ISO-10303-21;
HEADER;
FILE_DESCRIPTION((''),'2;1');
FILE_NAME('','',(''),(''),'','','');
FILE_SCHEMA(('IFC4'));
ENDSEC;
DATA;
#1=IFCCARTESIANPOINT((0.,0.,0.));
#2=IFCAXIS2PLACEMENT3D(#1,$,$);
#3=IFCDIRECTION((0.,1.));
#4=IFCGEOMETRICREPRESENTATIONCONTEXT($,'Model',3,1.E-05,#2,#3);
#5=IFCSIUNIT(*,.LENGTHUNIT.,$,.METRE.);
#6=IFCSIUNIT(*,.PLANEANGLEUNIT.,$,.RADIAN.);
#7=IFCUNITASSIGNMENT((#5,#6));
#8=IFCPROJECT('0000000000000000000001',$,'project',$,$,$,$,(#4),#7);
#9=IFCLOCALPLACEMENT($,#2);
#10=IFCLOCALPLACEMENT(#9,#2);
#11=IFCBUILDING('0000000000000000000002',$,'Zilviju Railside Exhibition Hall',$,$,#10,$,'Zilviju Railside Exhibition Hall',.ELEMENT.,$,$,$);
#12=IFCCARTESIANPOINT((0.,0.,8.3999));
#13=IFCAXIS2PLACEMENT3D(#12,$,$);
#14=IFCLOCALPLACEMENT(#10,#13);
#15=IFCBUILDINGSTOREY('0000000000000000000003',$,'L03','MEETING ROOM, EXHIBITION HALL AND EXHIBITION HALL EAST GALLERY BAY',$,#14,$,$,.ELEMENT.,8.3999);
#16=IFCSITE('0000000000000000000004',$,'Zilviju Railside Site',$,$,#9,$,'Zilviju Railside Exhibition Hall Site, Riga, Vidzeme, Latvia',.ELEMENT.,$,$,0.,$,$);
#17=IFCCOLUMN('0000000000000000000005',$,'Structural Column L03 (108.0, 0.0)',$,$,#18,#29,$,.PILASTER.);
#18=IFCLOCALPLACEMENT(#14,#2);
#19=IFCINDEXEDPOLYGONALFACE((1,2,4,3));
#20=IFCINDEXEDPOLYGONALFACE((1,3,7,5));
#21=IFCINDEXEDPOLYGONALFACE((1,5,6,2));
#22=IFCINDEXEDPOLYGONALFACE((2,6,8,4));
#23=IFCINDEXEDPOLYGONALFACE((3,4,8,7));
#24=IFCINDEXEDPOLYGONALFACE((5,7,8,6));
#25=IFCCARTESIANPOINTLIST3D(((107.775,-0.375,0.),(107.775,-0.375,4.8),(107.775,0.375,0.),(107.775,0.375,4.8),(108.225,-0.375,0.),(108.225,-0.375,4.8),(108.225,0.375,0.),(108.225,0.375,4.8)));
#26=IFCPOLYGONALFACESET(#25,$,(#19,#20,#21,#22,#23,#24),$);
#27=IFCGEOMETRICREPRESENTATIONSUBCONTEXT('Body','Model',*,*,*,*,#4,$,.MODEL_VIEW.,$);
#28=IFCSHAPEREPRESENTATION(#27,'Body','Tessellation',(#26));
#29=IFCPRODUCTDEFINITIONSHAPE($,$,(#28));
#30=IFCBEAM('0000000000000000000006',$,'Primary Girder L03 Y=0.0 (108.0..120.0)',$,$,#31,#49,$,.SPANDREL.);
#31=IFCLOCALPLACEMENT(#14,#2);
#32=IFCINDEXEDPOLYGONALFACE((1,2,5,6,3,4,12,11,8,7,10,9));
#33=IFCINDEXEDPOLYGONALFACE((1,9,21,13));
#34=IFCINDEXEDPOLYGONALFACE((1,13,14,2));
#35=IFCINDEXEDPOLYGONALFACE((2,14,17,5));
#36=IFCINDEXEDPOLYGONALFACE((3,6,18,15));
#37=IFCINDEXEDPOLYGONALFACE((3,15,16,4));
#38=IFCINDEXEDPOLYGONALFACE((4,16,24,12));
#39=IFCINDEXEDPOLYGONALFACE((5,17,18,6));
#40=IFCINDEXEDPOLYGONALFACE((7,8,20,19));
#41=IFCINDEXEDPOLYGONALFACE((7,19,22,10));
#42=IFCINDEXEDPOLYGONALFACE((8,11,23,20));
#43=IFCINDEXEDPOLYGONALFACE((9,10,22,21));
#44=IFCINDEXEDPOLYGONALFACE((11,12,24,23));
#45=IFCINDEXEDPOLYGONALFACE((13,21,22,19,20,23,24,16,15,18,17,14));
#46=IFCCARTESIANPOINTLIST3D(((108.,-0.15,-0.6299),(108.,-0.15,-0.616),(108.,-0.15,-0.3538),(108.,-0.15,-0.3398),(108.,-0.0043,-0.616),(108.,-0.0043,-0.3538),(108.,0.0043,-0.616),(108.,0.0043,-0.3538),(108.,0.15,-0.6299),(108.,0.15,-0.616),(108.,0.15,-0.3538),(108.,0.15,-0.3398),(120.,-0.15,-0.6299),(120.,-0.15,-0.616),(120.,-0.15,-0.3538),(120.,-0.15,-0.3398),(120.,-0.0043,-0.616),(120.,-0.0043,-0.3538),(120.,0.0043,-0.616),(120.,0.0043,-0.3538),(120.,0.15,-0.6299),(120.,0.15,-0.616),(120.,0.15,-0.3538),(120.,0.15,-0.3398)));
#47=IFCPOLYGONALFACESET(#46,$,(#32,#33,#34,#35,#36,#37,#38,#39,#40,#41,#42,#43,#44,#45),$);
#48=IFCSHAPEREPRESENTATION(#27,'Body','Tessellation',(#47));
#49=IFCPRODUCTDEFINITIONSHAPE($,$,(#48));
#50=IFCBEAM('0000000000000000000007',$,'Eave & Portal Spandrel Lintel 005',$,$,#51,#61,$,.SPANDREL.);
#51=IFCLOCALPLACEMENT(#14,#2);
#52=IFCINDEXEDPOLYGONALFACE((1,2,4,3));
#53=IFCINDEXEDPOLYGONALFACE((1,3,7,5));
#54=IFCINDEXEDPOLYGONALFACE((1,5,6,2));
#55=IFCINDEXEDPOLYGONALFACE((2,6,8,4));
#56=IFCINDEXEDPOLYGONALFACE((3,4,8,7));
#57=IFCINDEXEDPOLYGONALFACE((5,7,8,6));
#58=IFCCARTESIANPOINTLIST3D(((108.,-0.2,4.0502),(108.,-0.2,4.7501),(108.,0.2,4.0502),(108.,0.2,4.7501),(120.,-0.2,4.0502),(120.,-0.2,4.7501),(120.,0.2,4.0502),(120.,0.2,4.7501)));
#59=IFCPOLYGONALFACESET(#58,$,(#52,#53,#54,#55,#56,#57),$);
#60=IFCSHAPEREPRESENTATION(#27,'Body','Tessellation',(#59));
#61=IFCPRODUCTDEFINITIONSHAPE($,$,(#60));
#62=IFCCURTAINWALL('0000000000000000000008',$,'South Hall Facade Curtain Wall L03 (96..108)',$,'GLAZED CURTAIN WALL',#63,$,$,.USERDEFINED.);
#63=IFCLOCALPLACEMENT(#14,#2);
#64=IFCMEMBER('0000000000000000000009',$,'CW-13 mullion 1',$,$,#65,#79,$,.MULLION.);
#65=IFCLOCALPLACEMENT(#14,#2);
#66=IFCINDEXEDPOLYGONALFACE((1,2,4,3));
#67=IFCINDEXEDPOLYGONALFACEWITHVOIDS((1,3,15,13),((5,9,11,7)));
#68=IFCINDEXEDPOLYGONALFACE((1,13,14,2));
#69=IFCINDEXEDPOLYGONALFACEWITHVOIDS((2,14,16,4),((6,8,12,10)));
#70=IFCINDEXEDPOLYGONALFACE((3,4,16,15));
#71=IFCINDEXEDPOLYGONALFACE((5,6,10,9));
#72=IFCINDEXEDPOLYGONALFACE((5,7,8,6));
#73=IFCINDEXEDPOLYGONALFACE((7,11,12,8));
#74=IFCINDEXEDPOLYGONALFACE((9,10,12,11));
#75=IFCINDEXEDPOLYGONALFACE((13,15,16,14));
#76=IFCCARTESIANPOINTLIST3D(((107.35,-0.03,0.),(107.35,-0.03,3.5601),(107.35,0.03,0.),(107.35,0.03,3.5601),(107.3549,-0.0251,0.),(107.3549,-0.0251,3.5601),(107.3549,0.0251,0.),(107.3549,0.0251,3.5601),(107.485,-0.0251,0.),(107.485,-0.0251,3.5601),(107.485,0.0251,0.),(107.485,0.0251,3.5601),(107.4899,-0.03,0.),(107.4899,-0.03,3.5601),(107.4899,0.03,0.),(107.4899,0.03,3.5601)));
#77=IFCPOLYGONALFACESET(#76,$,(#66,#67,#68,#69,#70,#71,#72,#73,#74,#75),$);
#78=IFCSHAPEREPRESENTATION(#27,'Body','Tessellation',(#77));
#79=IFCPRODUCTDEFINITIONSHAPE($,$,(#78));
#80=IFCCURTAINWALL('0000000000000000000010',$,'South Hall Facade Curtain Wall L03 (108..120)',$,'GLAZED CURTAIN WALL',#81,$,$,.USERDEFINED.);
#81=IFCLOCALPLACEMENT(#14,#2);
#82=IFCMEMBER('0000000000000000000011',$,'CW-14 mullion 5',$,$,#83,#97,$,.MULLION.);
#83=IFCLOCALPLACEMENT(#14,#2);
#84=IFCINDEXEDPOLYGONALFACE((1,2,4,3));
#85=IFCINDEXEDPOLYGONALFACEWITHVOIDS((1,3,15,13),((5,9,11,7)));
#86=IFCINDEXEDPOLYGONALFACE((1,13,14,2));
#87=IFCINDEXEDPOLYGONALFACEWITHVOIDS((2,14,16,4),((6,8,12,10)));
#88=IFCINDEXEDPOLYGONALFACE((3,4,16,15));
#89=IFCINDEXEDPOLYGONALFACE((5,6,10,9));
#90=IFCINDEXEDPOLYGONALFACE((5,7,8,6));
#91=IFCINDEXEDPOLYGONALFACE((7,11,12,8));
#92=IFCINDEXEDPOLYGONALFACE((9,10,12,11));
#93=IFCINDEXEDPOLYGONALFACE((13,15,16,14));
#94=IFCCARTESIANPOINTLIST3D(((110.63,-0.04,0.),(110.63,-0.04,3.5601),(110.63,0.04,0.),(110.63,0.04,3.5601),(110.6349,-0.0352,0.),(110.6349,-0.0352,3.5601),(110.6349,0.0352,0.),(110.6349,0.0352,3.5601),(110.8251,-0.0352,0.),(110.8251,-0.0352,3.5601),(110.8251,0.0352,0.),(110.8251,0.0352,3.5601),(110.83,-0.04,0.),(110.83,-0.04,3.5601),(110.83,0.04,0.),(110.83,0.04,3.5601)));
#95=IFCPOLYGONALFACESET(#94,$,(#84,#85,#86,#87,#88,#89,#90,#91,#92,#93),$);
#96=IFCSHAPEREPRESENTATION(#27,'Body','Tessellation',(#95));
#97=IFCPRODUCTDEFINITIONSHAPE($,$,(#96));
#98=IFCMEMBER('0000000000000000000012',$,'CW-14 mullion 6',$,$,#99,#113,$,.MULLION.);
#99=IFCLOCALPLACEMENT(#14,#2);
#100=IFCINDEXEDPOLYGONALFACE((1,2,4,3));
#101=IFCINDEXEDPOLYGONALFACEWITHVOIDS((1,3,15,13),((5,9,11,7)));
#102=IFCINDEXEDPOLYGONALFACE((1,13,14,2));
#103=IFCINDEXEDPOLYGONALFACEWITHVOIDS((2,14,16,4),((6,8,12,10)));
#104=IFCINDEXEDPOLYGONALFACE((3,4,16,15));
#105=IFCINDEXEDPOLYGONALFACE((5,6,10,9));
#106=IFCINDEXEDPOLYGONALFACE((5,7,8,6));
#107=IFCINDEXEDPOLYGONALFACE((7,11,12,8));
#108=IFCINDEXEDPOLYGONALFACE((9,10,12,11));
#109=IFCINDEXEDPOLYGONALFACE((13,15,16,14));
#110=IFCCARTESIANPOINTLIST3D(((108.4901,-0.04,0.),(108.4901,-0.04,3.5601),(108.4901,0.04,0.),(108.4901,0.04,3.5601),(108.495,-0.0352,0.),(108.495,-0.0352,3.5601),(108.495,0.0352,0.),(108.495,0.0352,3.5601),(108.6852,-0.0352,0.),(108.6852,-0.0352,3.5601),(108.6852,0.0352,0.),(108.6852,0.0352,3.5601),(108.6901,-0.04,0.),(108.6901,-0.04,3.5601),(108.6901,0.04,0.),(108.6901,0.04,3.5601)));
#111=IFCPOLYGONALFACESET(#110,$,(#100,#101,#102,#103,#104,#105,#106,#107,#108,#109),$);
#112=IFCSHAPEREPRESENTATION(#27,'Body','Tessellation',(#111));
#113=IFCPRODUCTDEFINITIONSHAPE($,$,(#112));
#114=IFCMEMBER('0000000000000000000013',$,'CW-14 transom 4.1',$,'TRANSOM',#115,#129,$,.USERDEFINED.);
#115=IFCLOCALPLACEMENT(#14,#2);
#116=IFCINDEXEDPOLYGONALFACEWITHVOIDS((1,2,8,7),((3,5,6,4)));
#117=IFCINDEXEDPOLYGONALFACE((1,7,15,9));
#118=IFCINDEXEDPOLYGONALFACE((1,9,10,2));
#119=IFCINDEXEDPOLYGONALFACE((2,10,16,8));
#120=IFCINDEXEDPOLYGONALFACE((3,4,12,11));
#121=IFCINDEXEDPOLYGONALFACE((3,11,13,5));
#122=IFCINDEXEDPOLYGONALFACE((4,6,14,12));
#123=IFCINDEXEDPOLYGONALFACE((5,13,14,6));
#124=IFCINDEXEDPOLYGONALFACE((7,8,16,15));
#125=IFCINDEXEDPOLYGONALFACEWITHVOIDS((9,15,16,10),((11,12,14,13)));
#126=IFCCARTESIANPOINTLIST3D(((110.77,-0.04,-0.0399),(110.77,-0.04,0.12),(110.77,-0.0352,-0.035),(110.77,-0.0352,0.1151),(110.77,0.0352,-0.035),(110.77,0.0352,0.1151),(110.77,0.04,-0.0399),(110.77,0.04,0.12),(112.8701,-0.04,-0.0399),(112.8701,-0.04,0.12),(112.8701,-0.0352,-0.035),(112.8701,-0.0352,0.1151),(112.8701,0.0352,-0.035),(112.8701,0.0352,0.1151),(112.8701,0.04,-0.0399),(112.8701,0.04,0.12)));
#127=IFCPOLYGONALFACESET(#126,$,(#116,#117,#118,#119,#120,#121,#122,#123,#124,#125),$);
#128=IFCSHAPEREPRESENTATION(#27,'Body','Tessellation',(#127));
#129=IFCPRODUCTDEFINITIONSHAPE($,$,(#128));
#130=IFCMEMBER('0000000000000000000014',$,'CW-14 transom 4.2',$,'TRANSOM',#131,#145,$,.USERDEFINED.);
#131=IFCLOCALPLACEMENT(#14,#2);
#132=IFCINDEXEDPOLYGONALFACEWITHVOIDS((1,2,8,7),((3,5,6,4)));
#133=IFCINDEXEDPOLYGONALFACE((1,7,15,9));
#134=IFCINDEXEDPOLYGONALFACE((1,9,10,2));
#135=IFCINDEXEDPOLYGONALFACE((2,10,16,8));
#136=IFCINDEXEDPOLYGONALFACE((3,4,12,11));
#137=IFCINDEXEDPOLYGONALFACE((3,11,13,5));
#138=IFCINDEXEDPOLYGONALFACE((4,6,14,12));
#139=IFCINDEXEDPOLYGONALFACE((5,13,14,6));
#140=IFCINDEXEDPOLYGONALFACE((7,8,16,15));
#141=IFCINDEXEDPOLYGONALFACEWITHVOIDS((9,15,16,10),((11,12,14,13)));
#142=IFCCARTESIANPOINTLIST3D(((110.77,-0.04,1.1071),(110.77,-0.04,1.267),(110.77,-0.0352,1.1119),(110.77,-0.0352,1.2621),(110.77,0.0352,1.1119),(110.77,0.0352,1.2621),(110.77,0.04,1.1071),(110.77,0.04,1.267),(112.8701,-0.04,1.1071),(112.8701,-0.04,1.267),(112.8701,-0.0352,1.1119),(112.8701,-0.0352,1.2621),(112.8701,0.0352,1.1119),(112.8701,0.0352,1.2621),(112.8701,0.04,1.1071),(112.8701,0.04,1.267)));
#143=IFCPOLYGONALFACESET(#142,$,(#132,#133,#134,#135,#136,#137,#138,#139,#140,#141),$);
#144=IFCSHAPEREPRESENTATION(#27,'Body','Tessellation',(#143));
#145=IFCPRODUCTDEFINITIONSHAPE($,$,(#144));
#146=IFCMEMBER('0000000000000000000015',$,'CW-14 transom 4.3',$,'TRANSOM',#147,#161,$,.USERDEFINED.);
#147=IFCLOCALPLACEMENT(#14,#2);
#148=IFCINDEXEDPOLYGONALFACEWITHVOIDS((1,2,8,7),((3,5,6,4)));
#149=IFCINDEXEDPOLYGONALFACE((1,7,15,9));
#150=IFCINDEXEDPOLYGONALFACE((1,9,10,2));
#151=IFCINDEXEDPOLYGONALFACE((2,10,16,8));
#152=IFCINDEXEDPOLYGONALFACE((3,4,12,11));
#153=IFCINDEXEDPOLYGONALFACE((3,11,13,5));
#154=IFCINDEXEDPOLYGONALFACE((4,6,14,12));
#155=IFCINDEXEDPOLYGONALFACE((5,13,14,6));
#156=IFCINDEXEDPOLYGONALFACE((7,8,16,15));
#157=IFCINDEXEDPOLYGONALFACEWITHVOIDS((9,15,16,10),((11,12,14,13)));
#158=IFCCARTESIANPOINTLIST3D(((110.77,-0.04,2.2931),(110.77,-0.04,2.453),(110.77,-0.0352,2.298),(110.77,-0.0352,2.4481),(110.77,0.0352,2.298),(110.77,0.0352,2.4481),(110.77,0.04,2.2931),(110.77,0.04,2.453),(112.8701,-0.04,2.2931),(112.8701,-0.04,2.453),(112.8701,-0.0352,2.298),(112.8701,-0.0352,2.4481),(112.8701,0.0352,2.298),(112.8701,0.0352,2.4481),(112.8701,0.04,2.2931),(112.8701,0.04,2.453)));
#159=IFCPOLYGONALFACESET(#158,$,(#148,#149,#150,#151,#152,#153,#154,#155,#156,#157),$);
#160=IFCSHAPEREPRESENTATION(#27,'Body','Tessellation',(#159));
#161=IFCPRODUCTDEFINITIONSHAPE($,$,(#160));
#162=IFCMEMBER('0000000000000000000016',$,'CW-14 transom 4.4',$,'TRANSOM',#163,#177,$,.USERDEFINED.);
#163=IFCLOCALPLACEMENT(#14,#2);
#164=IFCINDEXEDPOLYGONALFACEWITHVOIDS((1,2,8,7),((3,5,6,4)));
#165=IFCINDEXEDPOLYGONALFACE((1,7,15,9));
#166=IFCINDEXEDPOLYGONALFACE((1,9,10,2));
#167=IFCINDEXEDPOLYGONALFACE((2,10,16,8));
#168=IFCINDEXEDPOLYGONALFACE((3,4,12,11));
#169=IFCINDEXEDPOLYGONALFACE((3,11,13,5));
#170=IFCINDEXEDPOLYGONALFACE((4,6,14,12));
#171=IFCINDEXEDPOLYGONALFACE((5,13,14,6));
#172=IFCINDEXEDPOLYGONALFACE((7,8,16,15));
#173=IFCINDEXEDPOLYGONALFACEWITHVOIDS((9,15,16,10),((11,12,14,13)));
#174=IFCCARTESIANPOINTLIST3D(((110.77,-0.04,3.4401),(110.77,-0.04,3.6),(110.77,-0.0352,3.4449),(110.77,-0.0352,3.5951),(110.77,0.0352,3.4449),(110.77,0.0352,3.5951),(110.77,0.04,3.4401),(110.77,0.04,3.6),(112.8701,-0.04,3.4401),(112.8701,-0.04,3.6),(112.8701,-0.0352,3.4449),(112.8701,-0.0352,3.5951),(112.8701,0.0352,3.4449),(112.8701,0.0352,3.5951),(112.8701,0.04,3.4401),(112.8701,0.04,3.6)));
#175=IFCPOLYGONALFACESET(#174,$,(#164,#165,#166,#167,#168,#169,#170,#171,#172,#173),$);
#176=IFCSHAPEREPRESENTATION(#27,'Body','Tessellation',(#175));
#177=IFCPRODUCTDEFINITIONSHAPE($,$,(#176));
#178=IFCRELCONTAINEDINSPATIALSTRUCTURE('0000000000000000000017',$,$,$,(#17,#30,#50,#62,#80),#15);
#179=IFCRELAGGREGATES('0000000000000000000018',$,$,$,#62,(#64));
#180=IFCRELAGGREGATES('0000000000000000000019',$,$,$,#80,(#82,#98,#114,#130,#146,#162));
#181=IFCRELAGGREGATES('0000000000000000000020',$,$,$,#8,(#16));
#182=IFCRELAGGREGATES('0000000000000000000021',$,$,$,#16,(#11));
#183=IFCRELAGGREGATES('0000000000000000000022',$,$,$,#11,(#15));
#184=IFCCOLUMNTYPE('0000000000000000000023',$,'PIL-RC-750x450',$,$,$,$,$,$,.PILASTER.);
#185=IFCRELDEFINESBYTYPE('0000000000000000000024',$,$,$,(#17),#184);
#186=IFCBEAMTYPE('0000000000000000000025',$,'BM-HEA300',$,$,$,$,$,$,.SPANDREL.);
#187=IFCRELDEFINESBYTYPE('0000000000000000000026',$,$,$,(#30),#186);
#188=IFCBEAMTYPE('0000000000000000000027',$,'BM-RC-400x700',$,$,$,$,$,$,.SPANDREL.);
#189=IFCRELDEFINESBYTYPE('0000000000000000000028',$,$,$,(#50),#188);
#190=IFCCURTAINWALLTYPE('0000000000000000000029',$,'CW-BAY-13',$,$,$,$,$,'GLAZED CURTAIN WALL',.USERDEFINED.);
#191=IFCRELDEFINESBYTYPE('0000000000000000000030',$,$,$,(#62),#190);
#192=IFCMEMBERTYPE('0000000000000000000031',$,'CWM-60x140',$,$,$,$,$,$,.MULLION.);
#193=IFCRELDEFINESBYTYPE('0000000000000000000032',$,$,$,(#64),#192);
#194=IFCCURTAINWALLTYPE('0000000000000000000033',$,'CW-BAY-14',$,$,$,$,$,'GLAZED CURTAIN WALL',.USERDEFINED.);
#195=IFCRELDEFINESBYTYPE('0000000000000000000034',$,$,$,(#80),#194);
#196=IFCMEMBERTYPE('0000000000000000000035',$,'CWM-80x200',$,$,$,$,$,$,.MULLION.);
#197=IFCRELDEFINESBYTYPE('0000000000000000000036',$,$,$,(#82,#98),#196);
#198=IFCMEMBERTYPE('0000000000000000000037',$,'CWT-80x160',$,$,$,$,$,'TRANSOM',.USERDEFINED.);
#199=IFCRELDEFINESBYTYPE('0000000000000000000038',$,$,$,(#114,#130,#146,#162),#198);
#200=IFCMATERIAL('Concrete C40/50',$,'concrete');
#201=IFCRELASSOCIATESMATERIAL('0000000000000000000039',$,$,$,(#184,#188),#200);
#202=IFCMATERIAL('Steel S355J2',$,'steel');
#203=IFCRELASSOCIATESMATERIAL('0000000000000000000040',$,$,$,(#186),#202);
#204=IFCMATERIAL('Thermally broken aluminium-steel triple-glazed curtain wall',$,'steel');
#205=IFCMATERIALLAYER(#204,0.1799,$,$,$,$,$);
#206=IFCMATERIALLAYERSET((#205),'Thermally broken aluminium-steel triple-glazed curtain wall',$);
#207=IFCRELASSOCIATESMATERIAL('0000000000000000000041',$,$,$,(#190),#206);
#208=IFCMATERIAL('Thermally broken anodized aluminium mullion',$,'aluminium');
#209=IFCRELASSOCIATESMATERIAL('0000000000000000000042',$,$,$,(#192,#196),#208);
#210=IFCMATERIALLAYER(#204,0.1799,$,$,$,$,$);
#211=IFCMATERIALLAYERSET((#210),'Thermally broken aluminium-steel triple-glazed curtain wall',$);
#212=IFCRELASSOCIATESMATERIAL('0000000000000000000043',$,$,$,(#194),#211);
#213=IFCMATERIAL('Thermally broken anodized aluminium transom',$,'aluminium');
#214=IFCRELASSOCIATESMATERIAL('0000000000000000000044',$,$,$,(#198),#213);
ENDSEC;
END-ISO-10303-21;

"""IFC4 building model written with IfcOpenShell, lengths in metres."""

from ifc_helpers import new_model, si_unit, direction, frame, origin, origin_2d, place, context, subcontext, project, spatial, rectangle, hollow_rectangle, i_section, extrude, material, layer, layer_set, material_profile, profile_set, type_object, element, aggregate, save


model = new_model("IFC4")

# Units and contexts
model_context = context("Model", 3, precision=1e-05, world=origin(), true_north=direction((0.0, 1.0)))
body_context = subcontext(model_context, "Body", "Model", "MODEL_VIEW")
ifc_project = project(units=[si_unit("LENGTHUNIT", "METRE"), si_unit("PLANEANGLEUNIT", "RADIAN")], contexts=[model_context])

# Site, building, storey
site_placement = place(None, origin())
site = spatial("IfcSite", under=ifc_project, at=site_placement, Name="Zilviju Railside Site", LongName="Zilviju Railside Exhibition Hall Site, Riga, Vidzeme, Latvia", CompositionType="ELEMENT", RefElevation=0.0)
building_placement = place(site_placement, origin())
building = spatial("IfcBuilding", under=site, at=building_placement, Name="Zilviju Railside Exhibition Hall", LongName="Zilviju Railside Exhibition Hall", CompositionType="ELEMENT")
storey_placement = place(building_placement, frame((0.0, 0.0, 8.3999)))
storey = spatial("IfcBuildingStorey", under=building, at=storey_placement, Name="L03", Description="MEETING ROOM, EXHIBITION HALL AND EXHIBITION HALL EAST GALLERY BAY", CompositionType="ELEMENT", Elevation=8.3999)

# Column
ifc_material_1 = material(Name="Concrete C40/50", Category="concrete")
ifc_material_profile_1 = material_profile(ifc_material_1, rectangle(XDim=0.45, YDim=0.75, at=origin_2d()), Name="RC COL 450x750")
ifc_profile_set_1 = profile_set([ifc_material_profile_1], Name="Concrete C40/50")
column_type = type_object("IfcColumnType", Name="PIL-RC-750x450", PredefinedType="PILASTER", material=ifc_profile_set_1)
column_placement = place(storey_placement, frame((108.0, 0.0, 0.0), z_axis=(0.0, 0.0, 1.0), x_axis=(1.0, 0.0, 0.0)))
element("IfcColumn", 1, at=column_placement, inside=storey, type_object=column_type, Name="Structural Column L03 (108.0, 0.0)", PredefinedType="PILASTER", context=body_context, shape_type="SweptSolid", body=[
    extrude(rectangle(XDim=0.45, YDim=0.75, at=origin_2d()), origin(), (0.0, 0.0, 1.0), 4.8),
])

# Beams
ifc_material_2 = material(Name="Steel S355J2", Category="steel")
ifc_material_profile_2 = material_profile(ifc_material_2, i_section(OverallWidth=0.3, OverallDepth=0.29, WebThickness=0.0085, FlangeThickness=0.0139, at=origin_2d()), Name="HEA 300")
ifc_profile_set_2 = profile_set([ifc_material_profile_2], Name="Steel S355J2")
beam_type_1 = type_object("IfcBeamType", Name="BM-HEA300", PredefinedType="SPANDREL", material=ifc_profile_set_2)
beam_1_placement = place(storey_placement, frame((108.0, 0.0, -0.4849), z_axis=(1.0, 0.0, 0.0), x_axis=(0.0, 1.0, 0.0)))
element("IfcBeam", 2, at=beam_1_placement, inside=storey, type_object=beam_type_1, Name="Primary Girder L03 Y=0.0 (108.0..120.0)", PredefinedType="SPANDREL", context=body_context, shape_type="SweptSolid", body=[
    extrude(i_section(OverallWidth=0.3, OverallDepth=0.29, WebThickness=0.0085, FlangeThickness=0.0139, at=origin_2d()), origin(), (0.0, 0.0, 1.0), 12.0),
])
ifc_material_profile_3 = material_profile(ifc_material_1, rectangle(XDim=0.3999, YDim=0.7, at=origin_2d()), Name="RC BEAM 400x700")
ifc_profile_set_3 = profile_set([ifc_material_profile_3], Name="Concrete C40/50")
beam_type_2 = type_object("IfcBeamType", Name="BM-RC-400x700", PredefinedType="SPANDREL", material=ifc_profile_set_3)
beam_2_placement = place(storey_placement, frame((108.0, 0.0, 4.4001), z_axis=(1.0, 0.0, 0.0), x_axis=(0.0, 1.0, 0.0)))
element("IfcBeam", 3, at=beam_2_placement, inside=storey, type_object=beam_type_2, Name="Eave & Portal Spandrel Lintel 005", PredefinedType="SPANDREL", context=body_context, shape_type="SweptSolid", body=[
    extrude(rectangle(XDim=0.3999, YDim=0.7, at=origin_2d()), origin(), (0.0, 0.0, 1.0), 12.0),
])

# Curtain wall, member
ifc_material_3 = material(Name="Thermally broken aluminium-steel triple-glazed curtain wall", Category="steel")
ifc_layer_1 = layer(ifc_material_3, 0.1799)
ifc_layer_set_1 = layer_set([ifc_layer_1], Name="Thermally broken aluminium-steel triple-glazed curtain wall")
curtain_wall_type_1 = type_object("IfcCurtainWallType", Name="CW-BAY-13", ElementType="GLAZED CURTAIN WALL", PredefinedType="USERDEFINED", material=ifc_layer_set_1)
curtain_wall_1_placement = place(storey_placement, origin())
curtain_wall_1 = element("IfcCurtainWall", 4, at=curtain_wall_1_placement, inside=storey, type_object=curtain_wall_type_1, Name="South Hall Facade Curtain Wall L03 (96..108)", ObjectType="GLAZED CURTAIN WALL", PredefinedType="USERDEFINED")
ifc_material_4 = material(Name="Thermally broken anodized aluminium mullion", Category="aluminium")
ifc_material_profile_4 = material_profile(ifc_material_4, hollow_rectangle(XDim=0.0601, YDim=0.1399, WallThickness=0.0049, at=origin_2d()), Name="MULLION 140x60x5")
ifc_profile_set_4 = profile_set([ifc_material_profile_4], Name="Thermally broken anodized aluminium mullion")
member_type_1 = type_object("IfcMemberType", Name="CWM-60x140", PredefinedType="MULLION", material=ifc_profile_set_4)
member_1_placement = place(storey_placement, frame((107.4199, 0.0, 0.0), z_axis=(0.0, 0.0, 1.0), x_axis=(0.0, -1.0, 0.0)))
member_1 = element("IfcMember", 5, at=member_1_placement, type_object=member_type_1, Name="CW-13 mullion 1", PredefinedType="MULLION", context=body_context, shape_type="SweptSolid", body=[
    extrude(hollow_rectangle(XDim=0.0601, YDim=0.1399, WallThickness=0.0049, at=origin_2d()), origin(), (0.0, 0.0, 1.0), 3.5601),
])
aggregate(curtain_wall_1, [member_1])

# Curtain wall, members
ifc_layer_2 = layer(ifc_material_3, 0.1799)
ifc_layer_set_2 = layer_set([ifc_layer_2], Name="Thermally broken aluminium-steel triple-glazed curtain wall")
curtain_wall_type_2 = type_object("IfcCurtainWallType", Name="CW-BAY-14", ElementType="GLAZED CURTAIN WALL", PredefinedType="USERDEFINED", material=ifc_layer_set_2)
curtain_wall_2_placement = place(storey_placement, origin())
curtain_wall_2 = element("IfcCurtainWall", 6, at=curtain_wall_2_placement, inside=storey, type_object=curtain_wall_type_2, Name="South Hall Facade Curtain Wall L03 (108..120)", ObjectType="GLAZED CURTAIN WALL", PredefinedType="USERDEFINED")
ifc_material_profile_5 = material_profile(ifc_material_4, hollow_rectangle(XDim=0.0801, YDim=0.2, WallThickness=0.0049, at=origin_2d()), Name="MULLION 200x80x5")
ifc_profile_set_5 = profile_set([ifc_material_profile_5], Name="Thermally broken anodized aluminium mullion")
member_type_2 = type_object("IfcMemberType", Name="CWM-80x200", PredefinedType="MULLION", material=ifc_profile_set_5)
member_2_placement = place(storey_placement, frame((110.73, 0.0, 0.0), z_axis=(0.0, 0.0, 1.0), x_axis=(0.0, -1.0, 0.0)))
member_2 = element("IfcMember", 7, at=member_2_placement, type_object=member_type_2, Name="CW-14 mullion 5", PredefinedType="MULLION", context=body_context, shape_type="SweptSolid", body=[
    extrude(hollow_rectangle(XDim=0.0801, YDim=0.2, WallThickness=0.0049, at=origin_2d()), origin(), (0.0, 0.0, 1.0), 3.5601),
])
member_3_placement = place(storey_placement, frame((108.5901, 0.0, 0.0), z_axis=(0.0, 0.0, 1.0), x_axis=(0.0, -1.0, 0.0)))
member_3 = element("IfcMember", 8, at=member_3_placement, type_object=member_type_2, Name="CW-14 mullion 6", PredefinedType="MULLION", context=body_context, shape_type="SweptSolid", body=[
    extrude(hollow_rectangle(XDim=0.0801, YDim=0.2, WallThickness=0.0049, at=origin_2d()), origin(), (0.0, 0.0, 1.0), 3.5601),
])
ifc_material_5 = material(Name="Thermally broken anodized aluminium transom", Category="aluminium")
ifc_material_profile_6 = material_profile(ifc_material_5, hollow_rectangle(XDim=0.0801, YDim=0.1599, WallThickness=0.0049, at=origin_2d()), Name="TRANSOM 160x80x5")
ifc_profile_set_6 = profile_set([ifc_material_profile_6], Name="Thermally broken anodized aluminium transom")
member_type_3 = type_object("IfcMemberType", Name="CWT-80x160", ElementType="TRANSOM", PredefinedType="USERDEFINED", material=ifc_profile_set_6)
member_4_placement = place(storey_placement, frame((112.8701, 0.0, 0.04), z_axis=(-1.0, 0.0, 0.0), x_axis=(0.0, -1.0, 0.0)))
member_4 = element("IfcMember", 9, at=member_4_placement, type_object=member_type_3, Name="CW-14 transom 4.1", ObjectType="TRANSOM", PredefinedType="USERDEFINED", context=body_context, shape_type="SweptSolid", body=[
    extrude(hollow_rectangle(XDim=0.0801, YDim=0.1599, WallThickness=0.0049, at=origin_2d()), origin(), (0.0, 0.0, 1.0), 2.1001),
])
member_5_placement = place(storey_placement, frame((112.8701, 0.0, 1.187), z_axis=(-1.0, 0.0, 0.0), x_axis=(0.0, -1.0, 0.0)))
member_5 = element("IfcMember", 10, at=member_5_placement, type_object=member_type_3, Name="CW-14 transom 4.2", ObjectType="TRANSOM", PredefinedType="USERDEFINED", context=body_context, shape_type="SweptSolid", body=[
    extrude(hollow_rectangle(XDim=0.0801, YDim=0.1599, WallThickness=0.0049, at=origin_2d()), origin(), (0.0, 0.0, 1.0), 2.1001),
])
member_6_placement = place(storey_placement, frame((112.8701, 0.0, 2.373), z_axis=(-1.0, 0.0, 0.0), x_axis=(0.0, -1.0, 0.0)))
member_6 = element("IfcMember", 11, at=member_6_placement, type_object=member_type_3, Name="CW-14 transom 4.3", ObjectType="TRANSOM", PredefinedType="USERDEFINED", context=body_context, shape_type="SweptSolid", body=[
    extrude(hollow_rectangle(XDim=0.0801, YDim=0.1599, WallThickness=0.0049, at=origin_2d()), origin(), (0.0, 0.0, 1.0), 2.1001),
])
member_7_placement = place(storey_placement, frame((112.8701, 0.0, 3.52), z_axis=(-1.0, 0.0, 0.0), x_axis=(0.0, -1.0, 0.0)))
member_7 = element("IfcMember", 12, at=member_7_placement, type_object=member_type_3, Name="CW-14 transom 4.4", ObjectType="TRANSOM", PredefinedType="USERDEFINED", context=body_context, shape_type="SweptSolid", body=[
    extrude(hollow_rectangle(XDim=0.0801, YDim=0.1599, WallThickness=0.0049, at=origin_2d()), origin(), (0.0, 0.0, 1.0), 2.1001),
])
aggregate(curtain_wall_2, [member_2, member_3, member_4, member_5, member_6, member_7])

save(model, "model.ifc")
